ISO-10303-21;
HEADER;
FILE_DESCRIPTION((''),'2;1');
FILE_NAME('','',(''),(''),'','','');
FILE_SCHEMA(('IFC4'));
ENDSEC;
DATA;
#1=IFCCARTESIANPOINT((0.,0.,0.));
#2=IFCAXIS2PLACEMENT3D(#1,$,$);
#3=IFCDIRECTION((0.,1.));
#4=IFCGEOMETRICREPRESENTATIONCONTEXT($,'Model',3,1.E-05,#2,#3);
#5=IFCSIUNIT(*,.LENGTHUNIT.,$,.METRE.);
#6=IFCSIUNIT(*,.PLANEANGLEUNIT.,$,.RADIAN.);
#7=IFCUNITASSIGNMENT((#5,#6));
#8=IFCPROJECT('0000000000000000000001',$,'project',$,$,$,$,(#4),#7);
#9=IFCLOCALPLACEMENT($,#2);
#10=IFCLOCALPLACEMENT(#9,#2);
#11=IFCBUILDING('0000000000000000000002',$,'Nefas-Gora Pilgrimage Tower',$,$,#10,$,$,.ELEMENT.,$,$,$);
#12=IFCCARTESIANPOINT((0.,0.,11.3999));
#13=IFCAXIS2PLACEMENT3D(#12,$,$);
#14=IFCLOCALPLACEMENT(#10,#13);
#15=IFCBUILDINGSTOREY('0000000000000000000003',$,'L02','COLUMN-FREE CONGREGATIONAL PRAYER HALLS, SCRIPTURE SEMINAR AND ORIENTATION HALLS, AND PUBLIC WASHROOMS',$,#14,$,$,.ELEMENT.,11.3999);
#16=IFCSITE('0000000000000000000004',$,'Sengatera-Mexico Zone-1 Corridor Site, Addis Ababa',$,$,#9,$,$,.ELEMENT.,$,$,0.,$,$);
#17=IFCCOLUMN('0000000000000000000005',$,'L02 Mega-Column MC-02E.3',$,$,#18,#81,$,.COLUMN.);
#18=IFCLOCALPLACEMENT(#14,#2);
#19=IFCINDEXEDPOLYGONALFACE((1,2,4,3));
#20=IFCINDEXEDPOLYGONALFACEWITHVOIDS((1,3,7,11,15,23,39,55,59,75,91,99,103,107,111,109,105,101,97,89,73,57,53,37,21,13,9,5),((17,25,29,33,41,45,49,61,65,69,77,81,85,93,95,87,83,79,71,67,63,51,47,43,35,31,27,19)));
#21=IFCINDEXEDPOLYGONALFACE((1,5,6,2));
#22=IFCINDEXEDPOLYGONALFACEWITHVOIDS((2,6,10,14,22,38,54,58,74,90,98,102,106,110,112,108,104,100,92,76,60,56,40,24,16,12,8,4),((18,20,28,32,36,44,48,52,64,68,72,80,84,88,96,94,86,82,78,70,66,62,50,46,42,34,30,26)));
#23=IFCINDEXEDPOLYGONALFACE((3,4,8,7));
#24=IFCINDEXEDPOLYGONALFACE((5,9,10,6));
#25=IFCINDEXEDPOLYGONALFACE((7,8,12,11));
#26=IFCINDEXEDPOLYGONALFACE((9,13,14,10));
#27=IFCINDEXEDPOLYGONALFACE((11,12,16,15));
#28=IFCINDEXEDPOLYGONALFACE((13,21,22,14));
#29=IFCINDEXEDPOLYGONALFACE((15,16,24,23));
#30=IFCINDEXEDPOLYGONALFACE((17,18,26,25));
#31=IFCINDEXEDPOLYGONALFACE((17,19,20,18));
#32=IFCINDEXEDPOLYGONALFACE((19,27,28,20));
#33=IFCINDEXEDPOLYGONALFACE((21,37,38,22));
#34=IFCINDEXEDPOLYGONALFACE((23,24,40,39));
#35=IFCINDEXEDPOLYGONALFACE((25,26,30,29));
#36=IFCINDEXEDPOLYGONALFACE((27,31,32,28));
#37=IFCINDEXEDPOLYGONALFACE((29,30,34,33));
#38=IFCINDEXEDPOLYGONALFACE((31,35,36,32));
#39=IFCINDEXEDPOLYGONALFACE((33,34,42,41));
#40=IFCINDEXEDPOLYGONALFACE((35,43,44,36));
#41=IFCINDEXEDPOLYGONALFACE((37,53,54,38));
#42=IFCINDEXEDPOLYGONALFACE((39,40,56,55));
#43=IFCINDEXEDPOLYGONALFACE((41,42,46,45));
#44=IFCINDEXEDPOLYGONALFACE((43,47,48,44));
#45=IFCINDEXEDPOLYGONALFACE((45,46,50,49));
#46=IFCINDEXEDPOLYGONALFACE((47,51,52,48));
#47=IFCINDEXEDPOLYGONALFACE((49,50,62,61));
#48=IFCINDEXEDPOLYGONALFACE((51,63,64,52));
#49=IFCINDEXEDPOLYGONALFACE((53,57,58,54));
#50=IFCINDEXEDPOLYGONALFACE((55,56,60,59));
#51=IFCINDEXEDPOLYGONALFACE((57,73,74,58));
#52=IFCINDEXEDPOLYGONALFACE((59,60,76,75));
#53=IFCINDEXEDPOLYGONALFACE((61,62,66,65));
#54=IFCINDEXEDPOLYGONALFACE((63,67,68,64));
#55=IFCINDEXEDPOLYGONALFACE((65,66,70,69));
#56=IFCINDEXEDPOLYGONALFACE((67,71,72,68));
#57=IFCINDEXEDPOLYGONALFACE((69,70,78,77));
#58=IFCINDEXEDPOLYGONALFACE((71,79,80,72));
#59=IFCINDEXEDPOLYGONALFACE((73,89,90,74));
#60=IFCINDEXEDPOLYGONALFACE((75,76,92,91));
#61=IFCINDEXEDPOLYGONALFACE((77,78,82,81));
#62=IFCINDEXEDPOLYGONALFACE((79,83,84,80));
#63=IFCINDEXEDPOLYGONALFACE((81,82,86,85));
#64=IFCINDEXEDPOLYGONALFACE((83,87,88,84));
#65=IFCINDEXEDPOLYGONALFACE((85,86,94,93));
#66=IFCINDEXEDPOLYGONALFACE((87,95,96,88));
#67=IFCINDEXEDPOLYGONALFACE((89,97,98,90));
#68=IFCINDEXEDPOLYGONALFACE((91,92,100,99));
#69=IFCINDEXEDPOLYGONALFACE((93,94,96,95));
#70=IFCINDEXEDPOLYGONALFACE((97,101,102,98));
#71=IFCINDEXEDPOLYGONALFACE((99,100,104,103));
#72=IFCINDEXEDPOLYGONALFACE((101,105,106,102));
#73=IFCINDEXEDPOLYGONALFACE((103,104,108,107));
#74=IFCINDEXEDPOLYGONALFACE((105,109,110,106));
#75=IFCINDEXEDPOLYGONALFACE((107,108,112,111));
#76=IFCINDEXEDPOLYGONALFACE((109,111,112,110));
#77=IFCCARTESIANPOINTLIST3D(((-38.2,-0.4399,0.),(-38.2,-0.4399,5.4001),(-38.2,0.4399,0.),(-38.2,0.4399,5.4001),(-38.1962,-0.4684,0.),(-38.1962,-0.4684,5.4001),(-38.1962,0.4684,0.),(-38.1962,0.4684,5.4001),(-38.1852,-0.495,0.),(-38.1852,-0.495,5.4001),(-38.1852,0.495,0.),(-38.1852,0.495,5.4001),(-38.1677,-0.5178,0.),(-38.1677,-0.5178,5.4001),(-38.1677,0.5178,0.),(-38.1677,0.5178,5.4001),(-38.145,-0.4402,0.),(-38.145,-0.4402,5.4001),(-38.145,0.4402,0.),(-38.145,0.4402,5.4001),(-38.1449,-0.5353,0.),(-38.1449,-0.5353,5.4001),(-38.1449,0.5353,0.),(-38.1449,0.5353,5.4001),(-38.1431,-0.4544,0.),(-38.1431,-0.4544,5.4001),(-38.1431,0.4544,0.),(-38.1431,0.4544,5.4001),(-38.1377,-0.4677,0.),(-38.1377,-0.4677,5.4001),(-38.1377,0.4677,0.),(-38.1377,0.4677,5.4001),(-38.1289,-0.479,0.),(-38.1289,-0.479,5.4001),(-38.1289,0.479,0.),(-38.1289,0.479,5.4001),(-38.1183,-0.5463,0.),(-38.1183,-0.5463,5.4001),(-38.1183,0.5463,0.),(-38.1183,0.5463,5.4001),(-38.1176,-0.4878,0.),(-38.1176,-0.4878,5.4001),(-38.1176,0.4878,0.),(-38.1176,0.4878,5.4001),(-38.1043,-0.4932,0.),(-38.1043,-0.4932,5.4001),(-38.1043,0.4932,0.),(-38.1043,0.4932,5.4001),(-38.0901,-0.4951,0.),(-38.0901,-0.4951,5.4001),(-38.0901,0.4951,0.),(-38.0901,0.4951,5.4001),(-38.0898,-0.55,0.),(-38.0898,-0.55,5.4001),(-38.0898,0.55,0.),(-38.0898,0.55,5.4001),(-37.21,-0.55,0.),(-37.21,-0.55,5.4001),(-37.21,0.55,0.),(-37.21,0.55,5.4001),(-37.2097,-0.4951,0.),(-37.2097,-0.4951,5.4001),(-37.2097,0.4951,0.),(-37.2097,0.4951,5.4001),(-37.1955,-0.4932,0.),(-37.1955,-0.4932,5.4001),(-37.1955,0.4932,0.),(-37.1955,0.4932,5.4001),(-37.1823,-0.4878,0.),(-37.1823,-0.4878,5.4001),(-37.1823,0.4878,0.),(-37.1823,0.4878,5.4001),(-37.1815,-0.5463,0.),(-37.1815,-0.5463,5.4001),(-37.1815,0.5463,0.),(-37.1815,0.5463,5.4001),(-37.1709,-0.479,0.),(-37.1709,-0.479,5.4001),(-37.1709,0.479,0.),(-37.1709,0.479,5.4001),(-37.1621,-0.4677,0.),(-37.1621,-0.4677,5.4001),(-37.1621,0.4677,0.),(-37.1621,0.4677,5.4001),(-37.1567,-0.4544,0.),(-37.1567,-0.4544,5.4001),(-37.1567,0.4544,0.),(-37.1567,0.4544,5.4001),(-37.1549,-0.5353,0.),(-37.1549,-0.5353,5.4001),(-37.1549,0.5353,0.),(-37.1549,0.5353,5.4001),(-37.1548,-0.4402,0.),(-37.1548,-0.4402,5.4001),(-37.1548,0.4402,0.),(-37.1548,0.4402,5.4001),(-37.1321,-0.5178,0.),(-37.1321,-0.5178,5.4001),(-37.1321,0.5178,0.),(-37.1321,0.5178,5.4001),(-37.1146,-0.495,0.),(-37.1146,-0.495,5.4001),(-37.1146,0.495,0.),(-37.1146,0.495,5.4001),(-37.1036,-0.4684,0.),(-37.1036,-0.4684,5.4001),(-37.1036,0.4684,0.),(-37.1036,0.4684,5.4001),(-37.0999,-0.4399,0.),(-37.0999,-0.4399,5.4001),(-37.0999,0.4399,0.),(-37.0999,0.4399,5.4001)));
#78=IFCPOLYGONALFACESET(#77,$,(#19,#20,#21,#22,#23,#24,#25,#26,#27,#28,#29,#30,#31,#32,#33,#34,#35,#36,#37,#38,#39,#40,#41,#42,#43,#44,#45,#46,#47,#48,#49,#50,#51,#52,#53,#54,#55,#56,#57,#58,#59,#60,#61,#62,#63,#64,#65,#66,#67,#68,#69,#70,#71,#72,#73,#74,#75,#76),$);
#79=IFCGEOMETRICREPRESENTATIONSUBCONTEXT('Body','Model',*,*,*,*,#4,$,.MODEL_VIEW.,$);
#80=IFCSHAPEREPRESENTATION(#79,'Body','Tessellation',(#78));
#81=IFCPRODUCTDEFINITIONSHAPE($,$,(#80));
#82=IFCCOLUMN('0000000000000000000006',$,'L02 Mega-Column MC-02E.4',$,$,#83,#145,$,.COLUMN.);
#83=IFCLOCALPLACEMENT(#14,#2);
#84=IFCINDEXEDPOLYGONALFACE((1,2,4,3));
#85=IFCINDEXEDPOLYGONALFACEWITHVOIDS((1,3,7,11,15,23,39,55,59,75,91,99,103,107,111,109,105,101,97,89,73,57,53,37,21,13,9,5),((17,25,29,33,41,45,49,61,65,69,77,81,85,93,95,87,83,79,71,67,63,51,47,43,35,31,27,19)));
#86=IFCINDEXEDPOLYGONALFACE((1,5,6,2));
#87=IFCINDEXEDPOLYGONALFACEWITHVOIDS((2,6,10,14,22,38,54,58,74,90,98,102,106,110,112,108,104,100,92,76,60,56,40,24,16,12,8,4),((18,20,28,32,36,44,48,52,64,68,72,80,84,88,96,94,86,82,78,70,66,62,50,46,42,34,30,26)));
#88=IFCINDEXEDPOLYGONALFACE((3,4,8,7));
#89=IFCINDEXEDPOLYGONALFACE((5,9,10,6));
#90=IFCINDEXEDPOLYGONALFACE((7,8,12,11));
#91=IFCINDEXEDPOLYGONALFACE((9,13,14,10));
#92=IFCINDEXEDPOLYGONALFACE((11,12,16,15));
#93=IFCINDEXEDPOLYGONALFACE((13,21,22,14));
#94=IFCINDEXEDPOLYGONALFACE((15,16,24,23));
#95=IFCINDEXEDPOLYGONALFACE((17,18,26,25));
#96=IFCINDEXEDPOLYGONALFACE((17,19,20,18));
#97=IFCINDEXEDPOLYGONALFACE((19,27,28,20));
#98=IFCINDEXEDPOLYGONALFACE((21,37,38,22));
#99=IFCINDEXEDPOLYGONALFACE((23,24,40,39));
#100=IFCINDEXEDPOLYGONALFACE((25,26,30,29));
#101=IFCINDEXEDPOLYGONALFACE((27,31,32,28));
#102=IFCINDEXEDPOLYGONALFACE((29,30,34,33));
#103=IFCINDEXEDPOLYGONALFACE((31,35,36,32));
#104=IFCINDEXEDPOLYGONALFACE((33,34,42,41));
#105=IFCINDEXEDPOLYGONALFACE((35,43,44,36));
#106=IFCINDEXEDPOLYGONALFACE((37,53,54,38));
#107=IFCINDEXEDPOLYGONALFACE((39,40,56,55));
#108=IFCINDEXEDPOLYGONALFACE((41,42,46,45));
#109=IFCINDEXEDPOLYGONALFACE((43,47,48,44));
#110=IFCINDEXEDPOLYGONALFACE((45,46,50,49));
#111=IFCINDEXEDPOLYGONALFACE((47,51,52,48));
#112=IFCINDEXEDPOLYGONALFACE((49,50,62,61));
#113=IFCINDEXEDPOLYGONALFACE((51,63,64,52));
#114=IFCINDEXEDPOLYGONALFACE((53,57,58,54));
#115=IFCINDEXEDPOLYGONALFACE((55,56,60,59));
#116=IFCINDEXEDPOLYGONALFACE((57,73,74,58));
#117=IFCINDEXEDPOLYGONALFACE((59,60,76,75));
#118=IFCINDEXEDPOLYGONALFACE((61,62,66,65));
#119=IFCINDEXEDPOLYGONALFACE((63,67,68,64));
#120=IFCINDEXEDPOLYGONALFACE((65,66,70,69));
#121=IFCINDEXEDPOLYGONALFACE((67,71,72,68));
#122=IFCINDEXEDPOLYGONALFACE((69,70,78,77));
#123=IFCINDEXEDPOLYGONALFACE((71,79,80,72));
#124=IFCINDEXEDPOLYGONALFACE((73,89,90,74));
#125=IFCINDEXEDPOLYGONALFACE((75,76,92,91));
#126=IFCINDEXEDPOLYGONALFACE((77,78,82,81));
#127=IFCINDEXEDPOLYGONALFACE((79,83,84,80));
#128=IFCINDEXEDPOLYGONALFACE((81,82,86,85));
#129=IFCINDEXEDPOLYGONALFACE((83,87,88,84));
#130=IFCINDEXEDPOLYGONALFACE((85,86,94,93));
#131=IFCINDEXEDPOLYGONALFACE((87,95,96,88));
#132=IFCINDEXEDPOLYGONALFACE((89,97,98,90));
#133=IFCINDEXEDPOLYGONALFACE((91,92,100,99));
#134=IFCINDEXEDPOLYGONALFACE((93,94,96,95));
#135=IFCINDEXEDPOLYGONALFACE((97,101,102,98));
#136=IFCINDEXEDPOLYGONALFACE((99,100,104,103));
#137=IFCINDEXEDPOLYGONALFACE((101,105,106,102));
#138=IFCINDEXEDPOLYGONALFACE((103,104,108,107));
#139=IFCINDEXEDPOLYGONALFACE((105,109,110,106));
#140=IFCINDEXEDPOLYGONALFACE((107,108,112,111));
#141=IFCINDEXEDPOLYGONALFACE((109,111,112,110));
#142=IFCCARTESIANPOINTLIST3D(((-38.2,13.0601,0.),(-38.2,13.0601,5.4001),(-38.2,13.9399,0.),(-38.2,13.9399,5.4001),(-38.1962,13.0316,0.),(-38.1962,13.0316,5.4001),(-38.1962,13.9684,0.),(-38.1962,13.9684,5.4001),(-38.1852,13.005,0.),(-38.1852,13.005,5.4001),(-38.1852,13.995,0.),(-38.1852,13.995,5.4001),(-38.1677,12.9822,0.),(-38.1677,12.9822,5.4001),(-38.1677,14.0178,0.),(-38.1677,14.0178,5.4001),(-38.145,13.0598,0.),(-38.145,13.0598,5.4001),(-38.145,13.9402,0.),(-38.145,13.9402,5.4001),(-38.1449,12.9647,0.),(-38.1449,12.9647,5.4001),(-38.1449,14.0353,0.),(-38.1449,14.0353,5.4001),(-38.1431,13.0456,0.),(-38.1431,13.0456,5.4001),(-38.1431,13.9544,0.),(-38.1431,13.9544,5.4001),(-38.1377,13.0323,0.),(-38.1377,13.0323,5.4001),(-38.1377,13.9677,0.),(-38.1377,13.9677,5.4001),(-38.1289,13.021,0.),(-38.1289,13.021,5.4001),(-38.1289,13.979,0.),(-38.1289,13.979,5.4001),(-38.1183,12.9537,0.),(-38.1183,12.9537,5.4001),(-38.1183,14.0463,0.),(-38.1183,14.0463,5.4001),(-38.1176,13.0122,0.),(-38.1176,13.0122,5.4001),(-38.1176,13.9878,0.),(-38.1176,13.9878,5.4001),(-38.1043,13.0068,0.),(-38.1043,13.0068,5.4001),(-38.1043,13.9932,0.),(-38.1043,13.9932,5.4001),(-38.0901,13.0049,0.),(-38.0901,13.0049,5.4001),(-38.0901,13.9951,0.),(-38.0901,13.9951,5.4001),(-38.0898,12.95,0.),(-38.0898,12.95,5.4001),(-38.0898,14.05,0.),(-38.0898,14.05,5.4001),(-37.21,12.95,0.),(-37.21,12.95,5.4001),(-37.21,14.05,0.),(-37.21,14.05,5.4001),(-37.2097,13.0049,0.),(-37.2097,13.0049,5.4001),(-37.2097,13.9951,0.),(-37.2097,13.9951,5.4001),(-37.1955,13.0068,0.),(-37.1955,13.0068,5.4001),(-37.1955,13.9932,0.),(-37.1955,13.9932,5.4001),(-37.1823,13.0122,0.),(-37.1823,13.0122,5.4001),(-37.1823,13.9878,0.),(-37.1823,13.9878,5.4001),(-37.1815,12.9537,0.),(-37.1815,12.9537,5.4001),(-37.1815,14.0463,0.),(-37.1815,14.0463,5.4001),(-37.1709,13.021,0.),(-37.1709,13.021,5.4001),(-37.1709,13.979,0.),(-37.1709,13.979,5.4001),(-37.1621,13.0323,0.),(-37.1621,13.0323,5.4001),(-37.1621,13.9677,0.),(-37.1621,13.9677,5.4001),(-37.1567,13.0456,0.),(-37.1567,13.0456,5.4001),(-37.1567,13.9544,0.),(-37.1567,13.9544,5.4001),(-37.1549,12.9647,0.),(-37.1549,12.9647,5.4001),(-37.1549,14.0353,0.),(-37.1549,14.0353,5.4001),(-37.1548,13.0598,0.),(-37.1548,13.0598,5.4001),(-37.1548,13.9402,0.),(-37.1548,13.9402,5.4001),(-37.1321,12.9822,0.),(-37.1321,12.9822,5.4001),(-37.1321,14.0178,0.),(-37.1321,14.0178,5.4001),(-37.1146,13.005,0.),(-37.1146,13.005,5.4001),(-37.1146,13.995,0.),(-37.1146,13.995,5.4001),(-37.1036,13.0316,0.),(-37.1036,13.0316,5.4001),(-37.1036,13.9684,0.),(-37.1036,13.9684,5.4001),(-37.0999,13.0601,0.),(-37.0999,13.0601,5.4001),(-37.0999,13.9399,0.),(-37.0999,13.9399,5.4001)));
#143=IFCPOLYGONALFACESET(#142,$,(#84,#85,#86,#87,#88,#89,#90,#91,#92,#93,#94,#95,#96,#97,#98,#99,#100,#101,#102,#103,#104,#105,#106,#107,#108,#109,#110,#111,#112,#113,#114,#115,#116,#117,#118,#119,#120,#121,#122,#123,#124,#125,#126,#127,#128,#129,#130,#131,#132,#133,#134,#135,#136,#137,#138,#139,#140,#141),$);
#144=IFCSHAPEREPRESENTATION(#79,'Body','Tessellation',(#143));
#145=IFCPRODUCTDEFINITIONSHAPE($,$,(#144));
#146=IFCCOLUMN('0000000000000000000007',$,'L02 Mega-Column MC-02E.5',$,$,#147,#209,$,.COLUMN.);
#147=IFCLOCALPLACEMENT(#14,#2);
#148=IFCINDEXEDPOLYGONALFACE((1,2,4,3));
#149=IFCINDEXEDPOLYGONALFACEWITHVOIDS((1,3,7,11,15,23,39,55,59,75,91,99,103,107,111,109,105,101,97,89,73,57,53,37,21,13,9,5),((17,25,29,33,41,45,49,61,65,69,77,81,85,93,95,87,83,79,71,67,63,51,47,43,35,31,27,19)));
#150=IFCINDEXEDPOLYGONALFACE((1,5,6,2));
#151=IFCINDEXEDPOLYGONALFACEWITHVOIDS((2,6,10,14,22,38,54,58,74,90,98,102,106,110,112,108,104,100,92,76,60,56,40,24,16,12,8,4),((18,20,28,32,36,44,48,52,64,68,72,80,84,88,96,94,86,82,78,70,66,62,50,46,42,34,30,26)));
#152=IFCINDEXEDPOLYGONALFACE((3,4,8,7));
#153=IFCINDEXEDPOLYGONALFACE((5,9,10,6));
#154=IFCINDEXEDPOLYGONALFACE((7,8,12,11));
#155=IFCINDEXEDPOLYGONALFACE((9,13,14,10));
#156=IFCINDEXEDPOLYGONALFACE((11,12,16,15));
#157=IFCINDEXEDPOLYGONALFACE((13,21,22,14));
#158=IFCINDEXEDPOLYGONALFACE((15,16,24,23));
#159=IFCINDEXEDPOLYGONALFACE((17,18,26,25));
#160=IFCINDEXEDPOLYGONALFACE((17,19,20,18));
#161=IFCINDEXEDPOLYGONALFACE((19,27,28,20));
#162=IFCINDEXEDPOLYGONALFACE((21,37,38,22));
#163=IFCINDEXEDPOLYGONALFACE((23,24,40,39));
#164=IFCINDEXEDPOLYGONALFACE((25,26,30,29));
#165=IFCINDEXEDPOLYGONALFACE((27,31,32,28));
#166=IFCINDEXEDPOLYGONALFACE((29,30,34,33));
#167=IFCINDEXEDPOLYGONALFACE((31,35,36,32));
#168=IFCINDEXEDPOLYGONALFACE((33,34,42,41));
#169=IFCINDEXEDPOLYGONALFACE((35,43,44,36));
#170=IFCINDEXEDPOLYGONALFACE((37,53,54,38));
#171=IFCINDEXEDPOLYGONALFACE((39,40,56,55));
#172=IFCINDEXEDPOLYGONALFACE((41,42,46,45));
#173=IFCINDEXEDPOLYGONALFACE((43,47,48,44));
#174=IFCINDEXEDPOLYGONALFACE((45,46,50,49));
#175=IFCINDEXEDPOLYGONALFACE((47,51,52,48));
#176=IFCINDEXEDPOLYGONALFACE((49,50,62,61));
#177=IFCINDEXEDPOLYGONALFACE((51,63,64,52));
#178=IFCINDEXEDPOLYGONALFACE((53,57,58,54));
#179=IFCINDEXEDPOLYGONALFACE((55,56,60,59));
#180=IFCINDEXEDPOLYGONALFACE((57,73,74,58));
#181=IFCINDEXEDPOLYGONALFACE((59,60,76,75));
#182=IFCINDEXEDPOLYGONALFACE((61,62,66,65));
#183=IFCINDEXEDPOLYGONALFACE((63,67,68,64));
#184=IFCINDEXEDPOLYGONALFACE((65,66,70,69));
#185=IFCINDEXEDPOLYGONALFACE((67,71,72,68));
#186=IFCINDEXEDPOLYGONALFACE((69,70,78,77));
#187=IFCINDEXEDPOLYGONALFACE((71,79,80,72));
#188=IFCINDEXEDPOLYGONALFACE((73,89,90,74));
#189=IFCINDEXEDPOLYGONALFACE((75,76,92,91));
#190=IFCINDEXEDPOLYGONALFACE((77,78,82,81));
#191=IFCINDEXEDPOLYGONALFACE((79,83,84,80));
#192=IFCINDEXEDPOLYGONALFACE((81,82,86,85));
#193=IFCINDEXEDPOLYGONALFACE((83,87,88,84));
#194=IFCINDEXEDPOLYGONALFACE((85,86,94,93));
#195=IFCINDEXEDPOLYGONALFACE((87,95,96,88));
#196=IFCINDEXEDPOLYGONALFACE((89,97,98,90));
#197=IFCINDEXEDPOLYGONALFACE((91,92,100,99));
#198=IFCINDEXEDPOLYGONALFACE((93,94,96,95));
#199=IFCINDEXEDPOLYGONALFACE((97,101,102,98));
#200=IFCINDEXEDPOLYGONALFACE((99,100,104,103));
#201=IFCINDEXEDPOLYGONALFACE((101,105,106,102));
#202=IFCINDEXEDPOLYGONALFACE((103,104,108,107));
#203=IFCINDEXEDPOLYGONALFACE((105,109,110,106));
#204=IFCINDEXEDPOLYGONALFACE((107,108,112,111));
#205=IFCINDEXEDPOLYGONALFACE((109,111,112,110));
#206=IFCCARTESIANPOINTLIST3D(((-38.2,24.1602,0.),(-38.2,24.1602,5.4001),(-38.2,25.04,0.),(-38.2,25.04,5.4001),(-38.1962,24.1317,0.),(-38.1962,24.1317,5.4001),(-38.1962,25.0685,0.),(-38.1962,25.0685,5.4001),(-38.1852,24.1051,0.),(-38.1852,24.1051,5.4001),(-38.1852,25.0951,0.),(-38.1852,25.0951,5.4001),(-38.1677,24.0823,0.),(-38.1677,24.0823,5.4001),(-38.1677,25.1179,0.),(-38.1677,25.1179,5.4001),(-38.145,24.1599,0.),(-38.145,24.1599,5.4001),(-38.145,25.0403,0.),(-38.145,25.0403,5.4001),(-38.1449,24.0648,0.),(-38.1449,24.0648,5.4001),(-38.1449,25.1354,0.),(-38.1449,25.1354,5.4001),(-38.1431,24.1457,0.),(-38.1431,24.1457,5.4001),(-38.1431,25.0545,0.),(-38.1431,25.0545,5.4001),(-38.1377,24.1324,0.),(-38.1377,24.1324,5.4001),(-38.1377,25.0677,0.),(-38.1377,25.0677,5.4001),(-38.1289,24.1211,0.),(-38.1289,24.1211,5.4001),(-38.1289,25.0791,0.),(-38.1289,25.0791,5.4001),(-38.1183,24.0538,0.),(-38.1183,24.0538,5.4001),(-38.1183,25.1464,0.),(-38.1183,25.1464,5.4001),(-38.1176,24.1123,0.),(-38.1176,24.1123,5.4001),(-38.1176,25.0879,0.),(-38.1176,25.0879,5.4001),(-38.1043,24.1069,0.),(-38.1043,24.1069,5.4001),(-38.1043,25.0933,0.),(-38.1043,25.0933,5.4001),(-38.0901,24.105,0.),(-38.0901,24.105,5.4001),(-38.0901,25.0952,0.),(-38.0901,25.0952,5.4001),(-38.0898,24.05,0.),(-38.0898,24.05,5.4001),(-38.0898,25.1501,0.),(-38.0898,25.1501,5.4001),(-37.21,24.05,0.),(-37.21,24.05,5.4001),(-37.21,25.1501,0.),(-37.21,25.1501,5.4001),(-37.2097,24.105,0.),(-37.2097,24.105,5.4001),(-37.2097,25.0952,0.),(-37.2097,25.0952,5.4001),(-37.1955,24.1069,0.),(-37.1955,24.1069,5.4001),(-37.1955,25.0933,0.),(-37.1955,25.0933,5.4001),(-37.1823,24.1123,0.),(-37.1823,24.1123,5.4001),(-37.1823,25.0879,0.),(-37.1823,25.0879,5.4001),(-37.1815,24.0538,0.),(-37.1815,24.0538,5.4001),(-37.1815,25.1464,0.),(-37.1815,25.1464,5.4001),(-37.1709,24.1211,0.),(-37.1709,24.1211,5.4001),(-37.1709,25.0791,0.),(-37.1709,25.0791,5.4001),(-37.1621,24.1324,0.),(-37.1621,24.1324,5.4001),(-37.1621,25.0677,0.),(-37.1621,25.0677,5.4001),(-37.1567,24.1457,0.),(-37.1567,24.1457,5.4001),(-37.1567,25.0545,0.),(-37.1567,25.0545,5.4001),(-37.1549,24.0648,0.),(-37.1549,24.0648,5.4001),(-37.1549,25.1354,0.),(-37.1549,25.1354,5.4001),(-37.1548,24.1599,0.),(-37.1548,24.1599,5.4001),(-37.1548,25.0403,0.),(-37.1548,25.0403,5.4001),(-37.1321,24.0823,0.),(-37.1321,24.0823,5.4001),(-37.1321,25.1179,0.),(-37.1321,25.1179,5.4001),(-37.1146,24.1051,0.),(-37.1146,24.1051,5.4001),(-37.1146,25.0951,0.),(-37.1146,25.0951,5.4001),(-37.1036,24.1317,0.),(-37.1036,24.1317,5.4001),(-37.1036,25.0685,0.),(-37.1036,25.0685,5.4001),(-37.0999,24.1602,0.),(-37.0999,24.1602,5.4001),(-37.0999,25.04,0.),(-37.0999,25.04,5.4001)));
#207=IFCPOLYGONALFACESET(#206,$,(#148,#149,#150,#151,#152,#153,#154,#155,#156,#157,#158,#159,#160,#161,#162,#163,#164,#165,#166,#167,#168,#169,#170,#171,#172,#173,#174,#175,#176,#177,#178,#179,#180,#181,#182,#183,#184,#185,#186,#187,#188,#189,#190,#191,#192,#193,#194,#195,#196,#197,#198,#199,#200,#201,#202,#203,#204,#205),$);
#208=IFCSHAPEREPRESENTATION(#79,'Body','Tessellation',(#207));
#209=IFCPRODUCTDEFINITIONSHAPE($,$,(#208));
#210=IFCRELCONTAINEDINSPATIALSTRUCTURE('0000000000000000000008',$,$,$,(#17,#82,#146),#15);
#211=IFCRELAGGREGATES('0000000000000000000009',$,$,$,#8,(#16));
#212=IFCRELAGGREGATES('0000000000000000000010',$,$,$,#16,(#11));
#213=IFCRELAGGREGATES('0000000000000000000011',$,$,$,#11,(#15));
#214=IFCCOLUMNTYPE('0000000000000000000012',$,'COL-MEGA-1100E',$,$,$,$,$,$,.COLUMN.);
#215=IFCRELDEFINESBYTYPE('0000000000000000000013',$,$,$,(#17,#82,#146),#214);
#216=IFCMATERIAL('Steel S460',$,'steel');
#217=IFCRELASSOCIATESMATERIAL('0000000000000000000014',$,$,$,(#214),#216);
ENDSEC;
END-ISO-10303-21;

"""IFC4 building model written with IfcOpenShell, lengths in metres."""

from ifc_helpers import new_model, si_unit, direction, frame, origin, origin_2d, place, context, subcontext, project, spatial, hollow_rectangle, extrude, source, transform, mapped, material, material_profile, profile_set, type_object, element, save


model = new_model("IFC4")

# Units and contexts
model_context = context("Model", 3, precision=1e-05, world=origin(), true_north=direction((0.0, 1.0)))
body_context = subcontext(model_context, "Body", "Model", "MODEL_VIEW")
ifc_project = project(units=[si_unit("LENGTHUNIT", "METRE"), si_unit("PLANEANGLEUNIT", "RADIAN")], contexts=[model_context])

# Site, building, storey
site_placement = place(None, origin())
site = spatial("IfcSite", under=ifc_project, at=site_placement, Name="Sengatera-Mexico Zone-1 Corridor Site, Addis Ababa", CompositionType="ELEMENT", RefElevation=0.0)
building_placement = place(site_placement, origin())
building = spatial("IfcBuilding", under=site, at=building_placement, Name="Nefas-Gora Pilgrimage Tower", CompositionType="ELEMENT")
storey_placement = place(building_placement, frame((0.0, 0.0, 11.3999)))
storey = spatial("IfcBuildingStorey", under=building, at=storey_placement, Name="L02", Description="COLUMN-FREE CONGREGATIONAL PRAYER HALLS, SCRIPTURE SEMINAR AND ORIENTATION HALLS, AND PUBLIC WASHROOMS", CompositionType="ELEMENT", Elevation=11.3999)

# Columns
ifc_material_1 = material(Name="Steel S460", Category="steel")
ifc_material_profile_1 = material_profile(ifc_material_1, hollow_rectangle(XDim=1.1001, YDim=1.1001, WallThickness=0.0549, InnerFilletRadius=0.0549, OuterFilletRadius=0.1101, at=origin_2d()), Name="BOX 1100x1100x55")
ifc_profile_set_1 = profile_set([ifc_material_profile_1], Name="Steel S460")
column_type_1 = type_object("IfcColumnType", Name="COL-MEGA-1100E", PredefinedType="COLUMN", material=ifc_profile_set_1)
shared_shape_1 = source(origin(), body_context, "Body", "SweptSolid", [
    extrude(hollow_rectangle(XDim=1.1001, YDim=1.1001, WallThickness=0.0549, InnerFilletRadius=0.0549, OuterFilletRadius=0.1101, at=origin_2d()), origin(), (0.0, 0.0, 1.0), 5.4001),
])
for number, where, z_axis, x_axis, name in (
    (1, (-37.6499, 0.0, 0.0), (0.0, 0.0, 1.0), (1.0, 0.0, 0.0), "L02 Mega-Column MC-02E.3"),
    (2, (-37.6499, 13.5, 0.0), (0.0, 0.0, 1.0), (1.0, 0.0, 0.0), "L02 Mega-Column MC-02E.4"),
    (3, (-37.6499, 24.6001, 0.0), (0.0, 0.0, 1.0), (1.0, 0.0, 0.0), "L02 Mega-Column MC-02E.5"),
):
    element("IfcColumn", number, at=place(storey_placement, frame(where, z_axis=z_axis, x_axis=x_axis)), inside=storey, type_object=column_type_1, Name=name, PredefinedType="COLUMN", context=body_context, shape_type="MappedRepresentation", body=[
        mapped(shared_shape_1, transform((0.0, 0.0, 0.0), x_axis=(1.0, 0.0, 0.0), y_axis=(0.0, 1.0, 0.0), z_axis=(0.0, 0.0, 1.0), scale=1.0)),
    ])

save(model, "model.ifc")
